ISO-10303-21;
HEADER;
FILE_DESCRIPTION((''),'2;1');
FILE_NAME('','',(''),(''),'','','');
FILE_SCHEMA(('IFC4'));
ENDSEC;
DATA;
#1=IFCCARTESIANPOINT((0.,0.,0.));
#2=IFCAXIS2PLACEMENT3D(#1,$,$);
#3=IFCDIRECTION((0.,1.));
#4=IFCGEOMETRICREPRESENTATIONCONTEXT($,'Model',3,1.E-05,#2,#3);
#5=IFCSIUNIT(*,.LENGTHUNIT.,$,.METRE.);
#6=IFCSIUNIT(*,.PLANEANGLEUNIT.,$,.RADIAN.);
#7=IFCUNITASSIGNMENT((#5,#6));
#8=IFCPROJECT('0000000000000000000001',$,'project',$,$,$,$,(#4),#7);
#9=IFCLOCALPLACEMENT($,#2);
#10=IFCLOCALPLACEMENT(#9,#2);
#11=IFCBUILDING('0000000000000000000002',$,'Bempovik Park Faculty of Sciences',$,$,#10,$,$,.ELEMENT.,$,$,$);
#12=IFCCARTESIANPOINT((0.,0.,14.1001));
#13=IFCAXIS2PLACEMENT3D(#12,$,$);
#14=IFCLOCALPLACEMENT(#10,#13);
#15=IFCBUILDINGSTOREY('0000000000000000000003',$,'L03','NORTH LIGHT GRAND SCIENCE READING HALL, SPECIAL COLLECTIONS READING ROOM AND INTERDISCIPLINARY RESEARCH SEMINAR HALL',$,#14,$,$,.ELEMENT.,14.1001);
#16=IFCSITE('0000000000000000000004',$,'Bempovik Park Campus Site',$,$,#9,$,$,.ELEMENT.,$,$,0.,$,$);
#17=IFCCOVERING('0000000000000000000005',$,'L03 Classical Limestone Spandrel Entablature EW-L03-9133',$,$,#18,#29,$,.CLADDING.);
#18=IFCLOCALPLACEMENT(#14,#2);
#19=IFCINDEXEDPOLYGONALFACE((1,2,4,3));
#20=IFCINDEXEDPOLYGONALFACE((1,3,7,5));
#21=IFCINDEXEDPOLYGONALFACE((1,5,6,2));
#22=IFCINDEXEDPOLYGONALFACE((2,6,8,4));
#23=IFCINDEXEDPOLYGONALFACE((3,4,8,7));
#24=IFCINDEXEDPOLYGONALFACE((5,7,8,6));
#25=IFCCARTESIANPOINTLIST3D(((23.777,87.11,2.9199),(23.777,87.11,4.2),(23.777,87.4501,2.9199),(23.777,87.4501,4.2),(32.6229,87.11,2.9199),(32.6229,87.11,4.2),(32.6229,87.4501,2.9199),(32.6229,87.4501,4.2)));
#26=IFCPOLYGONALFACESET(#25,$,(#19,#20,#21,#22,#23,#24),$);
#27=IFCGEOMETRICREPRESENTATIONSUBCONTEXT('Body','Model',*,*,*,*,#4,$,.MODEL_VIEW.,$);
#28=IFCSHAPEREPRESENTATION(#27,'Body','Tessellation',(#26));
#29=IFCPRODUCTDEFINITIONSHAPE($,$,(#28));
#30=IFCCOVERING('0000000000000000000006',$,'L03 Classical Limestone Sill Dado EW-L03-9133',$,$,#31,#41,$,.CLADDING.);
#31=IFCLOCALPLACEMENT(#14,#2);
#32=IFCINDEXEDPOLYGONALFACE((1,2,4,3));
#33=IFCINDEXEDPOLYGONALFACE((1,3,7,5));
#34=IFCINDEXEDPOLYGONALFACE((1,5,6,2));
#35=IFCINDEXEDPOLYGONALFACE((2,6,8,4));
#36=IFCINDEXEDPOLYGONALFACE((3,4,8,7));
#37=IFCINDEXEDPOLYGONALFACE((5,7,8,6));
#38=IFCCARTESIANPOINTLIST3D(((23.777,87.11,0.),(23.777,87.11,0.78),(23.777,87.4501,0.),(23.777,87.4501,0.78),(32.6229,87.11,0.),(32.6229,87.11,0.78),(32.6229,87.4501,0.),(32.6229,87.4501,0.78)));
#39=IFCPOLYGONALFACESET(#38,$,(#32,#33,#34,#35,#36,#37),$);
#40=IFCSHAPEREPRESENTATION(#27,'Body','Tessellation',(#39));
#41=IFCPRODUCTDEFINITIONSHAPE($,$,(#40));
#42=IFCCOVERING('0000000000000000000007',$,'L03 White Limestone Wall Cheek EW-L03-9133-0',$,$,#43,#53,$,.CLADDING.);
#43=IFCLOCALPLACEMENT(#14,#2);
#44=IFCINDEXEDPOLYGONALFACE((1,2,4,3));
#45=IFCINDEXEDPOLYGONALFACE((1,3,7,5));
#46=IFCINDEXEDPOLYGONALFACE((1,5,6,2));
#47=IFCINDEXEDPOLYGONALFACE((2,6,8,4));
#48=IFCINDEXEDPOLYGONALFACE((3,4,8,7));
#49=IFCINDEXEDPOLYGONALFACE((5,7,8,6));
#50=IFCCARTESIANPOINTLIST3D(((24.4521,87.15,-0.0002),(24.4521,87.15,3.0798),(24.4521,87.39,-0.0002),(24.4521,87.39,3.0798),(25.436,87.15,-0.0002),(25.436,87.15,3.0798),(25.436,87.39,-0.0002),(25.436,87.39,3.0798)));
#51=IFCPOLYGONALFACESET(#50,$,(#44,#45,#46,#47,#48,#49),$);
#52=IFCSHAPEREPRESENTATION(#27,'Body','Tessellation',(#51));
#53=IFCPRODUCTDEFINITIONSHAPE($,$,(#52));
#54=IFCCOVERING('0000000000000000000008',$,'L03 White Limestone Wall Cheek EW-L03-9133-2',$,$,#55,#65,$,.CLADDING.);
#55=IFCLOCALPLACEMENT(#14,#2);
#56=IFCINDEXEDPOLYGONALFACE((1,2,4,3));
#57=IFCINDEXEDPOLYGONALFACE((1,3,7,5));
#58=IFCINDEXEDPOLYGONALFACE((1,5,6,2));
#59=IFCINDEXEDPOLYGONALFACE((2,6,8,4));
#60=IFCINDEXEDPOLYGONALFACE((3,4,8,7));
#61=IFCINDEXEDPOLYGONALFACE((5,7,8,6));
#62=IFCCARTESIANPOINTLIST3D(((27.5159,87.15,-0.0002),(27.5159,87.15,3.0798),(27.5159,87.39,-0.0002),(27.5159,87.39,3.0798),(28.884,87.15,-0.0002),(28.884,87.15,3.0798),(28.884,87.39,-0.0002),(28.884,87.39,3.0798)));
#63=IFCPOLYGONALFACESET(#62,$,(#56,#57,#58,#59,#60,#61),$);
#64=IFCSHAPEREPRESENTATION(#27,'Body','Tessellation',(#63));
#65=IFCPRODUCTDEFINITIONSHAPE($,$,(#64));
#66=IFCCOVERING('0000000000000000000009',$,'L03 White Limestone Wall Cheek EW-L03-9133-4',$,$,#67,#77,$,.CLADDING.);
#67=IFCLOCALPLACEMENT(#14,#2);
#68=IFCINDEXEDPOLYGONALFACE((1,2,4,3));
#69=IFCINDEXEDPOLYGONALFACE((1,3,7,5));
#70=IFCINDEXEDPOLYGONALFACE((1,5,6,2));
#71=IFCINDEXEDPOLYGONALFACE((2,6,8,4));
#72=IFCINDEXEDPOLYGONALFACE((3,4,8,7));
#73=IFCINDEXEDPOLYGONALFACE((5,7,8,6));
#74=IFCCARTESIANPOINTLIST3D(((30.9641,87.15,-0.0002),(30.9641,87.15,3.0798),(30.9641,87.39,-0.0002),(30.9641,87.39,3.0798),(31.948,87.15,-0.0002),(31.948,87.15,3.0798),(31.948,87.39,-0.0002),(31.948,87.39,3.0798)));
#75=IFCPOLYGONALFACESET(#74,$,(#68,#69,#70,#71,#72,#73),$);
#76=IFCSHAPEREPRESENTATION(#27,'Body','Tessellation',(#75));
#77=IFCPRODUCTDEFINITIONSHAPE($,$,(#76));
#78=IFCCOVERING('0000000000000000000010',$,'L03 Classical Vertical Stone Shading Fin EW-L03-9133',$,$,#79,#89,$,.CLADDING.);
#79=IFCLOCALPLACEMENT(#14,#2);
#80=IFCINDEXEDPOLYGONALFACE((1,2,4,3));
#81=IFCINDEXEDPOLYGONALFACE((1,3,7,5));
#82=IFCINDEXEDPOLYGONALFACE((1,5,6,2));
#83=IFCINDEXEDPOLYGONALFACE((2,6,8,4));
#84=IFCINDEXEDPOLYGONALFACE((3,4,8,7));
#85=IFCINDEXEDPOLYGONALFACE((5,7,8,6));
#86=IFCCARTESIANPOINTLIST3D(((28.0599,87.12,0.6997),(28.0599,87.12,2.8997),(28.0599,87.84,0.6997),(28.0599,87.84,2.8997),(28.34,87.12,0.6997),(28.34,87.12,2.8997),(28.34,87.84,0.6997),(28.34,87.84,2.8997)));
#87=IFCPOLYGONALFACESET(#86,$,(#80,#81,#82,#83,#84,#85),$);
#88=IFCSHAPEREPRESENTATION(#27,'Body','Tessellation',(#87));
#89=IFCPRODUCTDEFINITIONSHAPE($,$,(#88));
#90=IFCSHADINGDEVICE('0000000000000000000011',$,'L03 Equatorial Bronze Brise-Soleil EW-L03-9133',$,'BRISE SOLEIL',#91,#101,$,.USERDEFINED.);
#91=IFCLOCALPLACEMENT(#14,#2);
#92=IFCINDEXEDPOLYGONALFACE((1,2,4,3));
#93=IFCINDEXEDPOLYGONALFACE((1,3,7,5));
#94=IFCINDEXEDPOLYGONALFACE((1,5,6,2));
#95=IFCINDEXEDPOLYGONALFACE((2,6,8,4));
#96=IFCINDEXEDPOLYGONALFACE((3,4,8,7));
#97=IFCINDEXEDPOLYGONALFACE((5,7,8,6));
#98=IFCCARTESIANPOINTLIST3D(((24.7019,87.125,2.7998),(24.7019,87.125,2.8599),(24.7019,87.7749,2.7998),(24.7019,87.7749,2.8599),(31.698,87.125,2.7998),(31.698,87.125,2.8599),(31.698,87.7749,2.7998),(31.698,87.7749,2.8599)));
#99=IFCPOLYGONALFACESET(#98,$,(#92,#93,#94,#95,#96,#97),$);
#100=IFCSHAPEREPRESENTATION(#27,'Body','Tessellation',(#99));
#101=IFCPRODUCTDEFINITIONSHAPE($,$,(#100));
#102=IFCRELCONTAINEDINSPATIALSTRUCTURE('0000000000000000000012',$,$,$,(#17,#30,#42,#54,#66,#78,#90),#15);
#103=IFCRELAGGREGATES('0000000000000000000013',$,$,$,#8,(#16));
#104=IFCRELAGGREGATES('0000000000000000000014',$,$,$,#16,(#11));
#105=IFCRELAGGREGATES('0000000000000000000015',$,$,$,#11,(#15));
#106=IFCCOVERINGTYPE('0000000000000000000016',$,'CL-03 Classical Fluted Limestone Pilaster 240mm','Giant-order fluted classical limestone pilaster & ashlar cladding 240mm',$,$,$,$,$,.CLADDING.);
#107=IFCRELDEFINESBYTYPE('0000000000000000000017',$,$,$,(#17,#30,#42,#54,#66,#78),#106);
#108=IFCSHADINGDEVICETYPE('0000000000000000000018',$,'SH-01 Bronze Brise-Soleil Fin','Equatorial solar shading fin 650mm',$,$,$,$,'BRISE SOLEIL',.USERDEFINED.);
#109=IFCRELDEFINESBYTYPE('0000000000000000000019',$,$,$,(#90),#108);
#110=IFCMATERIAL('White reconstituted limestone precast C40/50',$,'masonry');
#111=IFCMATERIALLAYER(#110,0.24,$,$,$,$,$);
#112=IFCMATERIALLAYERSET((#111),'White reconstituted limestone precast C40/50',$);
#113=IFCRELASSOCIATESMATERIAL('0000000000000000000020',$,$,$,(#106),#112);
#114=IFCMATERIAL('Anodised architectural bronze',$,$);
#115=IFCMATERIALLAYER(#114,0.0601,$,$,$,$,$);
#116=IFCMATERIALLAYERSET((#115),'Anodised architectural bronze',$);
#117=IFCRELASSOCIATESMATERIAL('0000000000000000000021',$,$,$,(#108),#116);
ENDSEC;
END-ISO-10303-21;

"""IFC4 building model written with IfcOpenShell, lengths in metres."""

from ifc_helpers import new_model, si_unit, direction, frame, origin, origin_2d, place, context, subcontext, project, spatial, rectangle, extrude, material, layer, layer_set, type_object, element, save


model = new_model("IFC4")

# Units and contexts
model_context = context("Model", 3, precision=1e-05, world=origin(), true_north=direction((0.0, 1.0)))
body_context = subcontext(model_context, "Body", "Model", "MODEL_VIEW")
ifc_project = project(units=[si_unit("LENGTHUNIT", "METRE"), si_unit("PLANEANGLEUNIT", "RADIAN")], contexts=[model_context])

# Site, building, storey
site_placement = place(None, origin())
site = spatial("IfcSite", under=ifc_project, at=site_placement, Name="Bempovik Park Campus Site", CompositionType="ELEMENT", RefElevation=0.0)
building_placement = place(site_placement, origin())
building = spatial("IfcBuilding", under=site, at=building_placement, Name="Bempovik Park Faculty of Sciences", CompositionType="ELEMENT")
storey_placement = place(building_placement, frame((0.0, 0.0, 14.1001)))
storey = spatial("IfcBuildingStorey", under=building, at=storey_placement, Name="L03", Description="NORTH LIGHT GRAND SCIENCE READING HALL, SPECIAL COLLECTIONS READING ROOM AND INTERDISCIPLINARY RESEARCH SEMINAR HALL", CompositionType="ELEMENT", Elevation=14.1001)

# Coverings
ifc_material_1 = material(Name="White reconstituted limestone precast C40/50", Category="masonry")
ifc_layer_1 = layer(ifc_material_1, 0.24)
ifc_layer_set_1 = layer_set([ifc_layer_1], Name="White reconstituted limestone precast C40/50")
covering_type_1 = type_object("IfcCoveringType", Name="CL-03 Classical Fluted Limestone Pilaster 240mm", Description="Giant-order fluted classical limestone pilaster & ashlar cladding 240mm", PredefinedType="CLADDING", material=ifc_layer_set_1)
covering_1_placement = place(storey_placement, frame((28.2, 87.28, 2.9199), z_axis=(0.0, 0.0, 1.0), x_axis=(1.0, 0.0, 0.0)))
element("IfcCovering", 1, at=covering_1_placement, inside=storey, type_object=covering_type_1, Name="L03 Classical Limestone Spandrel Entablature EW-L03-9133", PredefinedType="CLADDING", context=body_context, shape_type="SweptSolid", body=[
    extrude(rectangle(XDim=8.8459, YDim=0.3401, at=origin_2d()), origin(), (0.0, 0.0, 1.0), 1.28),
])
covering_2_placement = place(storey_placement, frame((28.2, 87.28, 0.0), z_axis=(0.0, 0.0, 1.0), x_axis=(1.0, 0.0, 0.0)))
element("IfcCovering", 2, at=covering_2_placement, inside=storey, type_object=covering_type_1, Name="L03 Classical Limestone Sill Dado EW-L03-9133", PredefinedType="CLADDING", context=body_context, shape_type="SweptSolid", body=[
    extrude(rectangle(XDim=8.8459, YDim=0.3401, at=origin_2d()), origin(), (0.0, 0.0, 1.0), 0.78),
])
covering_3_placement = place(storey_placement, frame((24.9441, 87.27, -0.0002), z_axis=(0.0, 0.0, 1.0), x_axis=(1.0, 0.0, 0.0)))
element("IfcCovering", 3, at=covering_3_placement, inside=storey, type_object=covering_type_1, Name="L03 White Limestone Wall Cheek EW-L03-9133-0", PredefinedType="CLADDING", context=body_context, shape_type="SweptSolid", body=[
    extrude(rectangle(XDim=0.9839, YDim=0.24, at=origin_2d()), origin(), (0.0, 0.0, 1.0), 3.0801),
])
covering_4_placement = place(storey_placement, frame((28.2, 87.27, -0.0002), z_axis=(0.0, 0.0, 1.0), x_axis=(1.0, 0.0, 0.0)))
element("IfcCovering", 4, at=covering_4_placement, inside=storey, type_object=covering_type_1, Name="L03 White Limestone Wall Cheek EW-L03-9133-2", PredefinedType="CLADDING", context=body_context, shape_type="SweptSolid", body=[
    extrude(rectangle(XDim=1.3682, YDim=0.24, at=origin_2d()), origin(), (0.0, 0.0, 1.0), 3.0801),
])
covering_5_placement = place(storey_placement, frame((31.4561, 87.27, -0.0002), z_axis=(0.0, 0.0, 1.0), x_axis=(1.0, 0.0, 0.0)))
element("IfcCovering", 5, at=covering_5_placement, inside=storey, type_object=covering_type_1, Name="L03 White Limestone Wall Cheek EW-L03-9133-4", PredefinedType="CLADDING", context=body_context, shape_type="SweptSolid", body=[
    extrude(rectangle(XDim=0.9839, YDim=0.24, at=origin_2d()), origin(), (0.0, 0.0, 1.0), 3.0801),
])
covering_6_placement = place(storey_placement, frame((28.2, 87.48, 0.6997), z_axis=(0.0, 0.0, 1.0), x_axis=(1.0, 0.0, 0.0)))
element("IfcCovering", 6, at=covering_6_placement, inside=storey, type_object=covering_type_1, Name="L03 Classical Vertical Stone Shading Fin EW-L03-9133", PredefinedType="CLADDING", context=body_context, shape_type="SweptSolid", body=[
    extrude(rectangle(XDim=0.28, YDim=0.72, at=origin_2d()), origin(), (0.0, 0.0, 1.0), 2.2),
])

# Shading device
ifc_material_2 = material(Name="Anodised architectural bronze")
ifc_layer_2 = layer(ifc_material_2, 0.0601)
ifc_layer_set_2 = layer_set([ifc_layer_2], Name="Anodised architectural bronze")
shading_device_type = type_object("IfcShadingDeviceType", Name="SH-01 Bronze Brise-Soleil Fin", Description="Equatorial solar shading fin 650mm", ElementType="BRISE SOLEIL", PredefinedType="USERDEFINED", material=ifc_layer_set_2)
shading_device_placement = place(storey_placement, frame((28.2, 87.45, 2.7998), z_axis=(0.0, 0.0, 1.0), x_axis=(1.0, 0.0, 0.0)))
element("IfcShadingDevice", 7, at=shading_device_placement, inside=storey, type_object=shading_device_type, Name="L03 Equatorial Bronze Brise-Soleil EW-L03-9133", ObjectType="BRISE SOLEIL", PredefinedType="USERDEFINED", context=body_context, shape_type="SweptSolid", body=[
    extrude(rectangle(XDim=6.9961, YDim=0.6499, at=origin_2d()), origin(), (0.0, 0.0, 1.0), 0.0601),
])

save(model, "model.ifc")
